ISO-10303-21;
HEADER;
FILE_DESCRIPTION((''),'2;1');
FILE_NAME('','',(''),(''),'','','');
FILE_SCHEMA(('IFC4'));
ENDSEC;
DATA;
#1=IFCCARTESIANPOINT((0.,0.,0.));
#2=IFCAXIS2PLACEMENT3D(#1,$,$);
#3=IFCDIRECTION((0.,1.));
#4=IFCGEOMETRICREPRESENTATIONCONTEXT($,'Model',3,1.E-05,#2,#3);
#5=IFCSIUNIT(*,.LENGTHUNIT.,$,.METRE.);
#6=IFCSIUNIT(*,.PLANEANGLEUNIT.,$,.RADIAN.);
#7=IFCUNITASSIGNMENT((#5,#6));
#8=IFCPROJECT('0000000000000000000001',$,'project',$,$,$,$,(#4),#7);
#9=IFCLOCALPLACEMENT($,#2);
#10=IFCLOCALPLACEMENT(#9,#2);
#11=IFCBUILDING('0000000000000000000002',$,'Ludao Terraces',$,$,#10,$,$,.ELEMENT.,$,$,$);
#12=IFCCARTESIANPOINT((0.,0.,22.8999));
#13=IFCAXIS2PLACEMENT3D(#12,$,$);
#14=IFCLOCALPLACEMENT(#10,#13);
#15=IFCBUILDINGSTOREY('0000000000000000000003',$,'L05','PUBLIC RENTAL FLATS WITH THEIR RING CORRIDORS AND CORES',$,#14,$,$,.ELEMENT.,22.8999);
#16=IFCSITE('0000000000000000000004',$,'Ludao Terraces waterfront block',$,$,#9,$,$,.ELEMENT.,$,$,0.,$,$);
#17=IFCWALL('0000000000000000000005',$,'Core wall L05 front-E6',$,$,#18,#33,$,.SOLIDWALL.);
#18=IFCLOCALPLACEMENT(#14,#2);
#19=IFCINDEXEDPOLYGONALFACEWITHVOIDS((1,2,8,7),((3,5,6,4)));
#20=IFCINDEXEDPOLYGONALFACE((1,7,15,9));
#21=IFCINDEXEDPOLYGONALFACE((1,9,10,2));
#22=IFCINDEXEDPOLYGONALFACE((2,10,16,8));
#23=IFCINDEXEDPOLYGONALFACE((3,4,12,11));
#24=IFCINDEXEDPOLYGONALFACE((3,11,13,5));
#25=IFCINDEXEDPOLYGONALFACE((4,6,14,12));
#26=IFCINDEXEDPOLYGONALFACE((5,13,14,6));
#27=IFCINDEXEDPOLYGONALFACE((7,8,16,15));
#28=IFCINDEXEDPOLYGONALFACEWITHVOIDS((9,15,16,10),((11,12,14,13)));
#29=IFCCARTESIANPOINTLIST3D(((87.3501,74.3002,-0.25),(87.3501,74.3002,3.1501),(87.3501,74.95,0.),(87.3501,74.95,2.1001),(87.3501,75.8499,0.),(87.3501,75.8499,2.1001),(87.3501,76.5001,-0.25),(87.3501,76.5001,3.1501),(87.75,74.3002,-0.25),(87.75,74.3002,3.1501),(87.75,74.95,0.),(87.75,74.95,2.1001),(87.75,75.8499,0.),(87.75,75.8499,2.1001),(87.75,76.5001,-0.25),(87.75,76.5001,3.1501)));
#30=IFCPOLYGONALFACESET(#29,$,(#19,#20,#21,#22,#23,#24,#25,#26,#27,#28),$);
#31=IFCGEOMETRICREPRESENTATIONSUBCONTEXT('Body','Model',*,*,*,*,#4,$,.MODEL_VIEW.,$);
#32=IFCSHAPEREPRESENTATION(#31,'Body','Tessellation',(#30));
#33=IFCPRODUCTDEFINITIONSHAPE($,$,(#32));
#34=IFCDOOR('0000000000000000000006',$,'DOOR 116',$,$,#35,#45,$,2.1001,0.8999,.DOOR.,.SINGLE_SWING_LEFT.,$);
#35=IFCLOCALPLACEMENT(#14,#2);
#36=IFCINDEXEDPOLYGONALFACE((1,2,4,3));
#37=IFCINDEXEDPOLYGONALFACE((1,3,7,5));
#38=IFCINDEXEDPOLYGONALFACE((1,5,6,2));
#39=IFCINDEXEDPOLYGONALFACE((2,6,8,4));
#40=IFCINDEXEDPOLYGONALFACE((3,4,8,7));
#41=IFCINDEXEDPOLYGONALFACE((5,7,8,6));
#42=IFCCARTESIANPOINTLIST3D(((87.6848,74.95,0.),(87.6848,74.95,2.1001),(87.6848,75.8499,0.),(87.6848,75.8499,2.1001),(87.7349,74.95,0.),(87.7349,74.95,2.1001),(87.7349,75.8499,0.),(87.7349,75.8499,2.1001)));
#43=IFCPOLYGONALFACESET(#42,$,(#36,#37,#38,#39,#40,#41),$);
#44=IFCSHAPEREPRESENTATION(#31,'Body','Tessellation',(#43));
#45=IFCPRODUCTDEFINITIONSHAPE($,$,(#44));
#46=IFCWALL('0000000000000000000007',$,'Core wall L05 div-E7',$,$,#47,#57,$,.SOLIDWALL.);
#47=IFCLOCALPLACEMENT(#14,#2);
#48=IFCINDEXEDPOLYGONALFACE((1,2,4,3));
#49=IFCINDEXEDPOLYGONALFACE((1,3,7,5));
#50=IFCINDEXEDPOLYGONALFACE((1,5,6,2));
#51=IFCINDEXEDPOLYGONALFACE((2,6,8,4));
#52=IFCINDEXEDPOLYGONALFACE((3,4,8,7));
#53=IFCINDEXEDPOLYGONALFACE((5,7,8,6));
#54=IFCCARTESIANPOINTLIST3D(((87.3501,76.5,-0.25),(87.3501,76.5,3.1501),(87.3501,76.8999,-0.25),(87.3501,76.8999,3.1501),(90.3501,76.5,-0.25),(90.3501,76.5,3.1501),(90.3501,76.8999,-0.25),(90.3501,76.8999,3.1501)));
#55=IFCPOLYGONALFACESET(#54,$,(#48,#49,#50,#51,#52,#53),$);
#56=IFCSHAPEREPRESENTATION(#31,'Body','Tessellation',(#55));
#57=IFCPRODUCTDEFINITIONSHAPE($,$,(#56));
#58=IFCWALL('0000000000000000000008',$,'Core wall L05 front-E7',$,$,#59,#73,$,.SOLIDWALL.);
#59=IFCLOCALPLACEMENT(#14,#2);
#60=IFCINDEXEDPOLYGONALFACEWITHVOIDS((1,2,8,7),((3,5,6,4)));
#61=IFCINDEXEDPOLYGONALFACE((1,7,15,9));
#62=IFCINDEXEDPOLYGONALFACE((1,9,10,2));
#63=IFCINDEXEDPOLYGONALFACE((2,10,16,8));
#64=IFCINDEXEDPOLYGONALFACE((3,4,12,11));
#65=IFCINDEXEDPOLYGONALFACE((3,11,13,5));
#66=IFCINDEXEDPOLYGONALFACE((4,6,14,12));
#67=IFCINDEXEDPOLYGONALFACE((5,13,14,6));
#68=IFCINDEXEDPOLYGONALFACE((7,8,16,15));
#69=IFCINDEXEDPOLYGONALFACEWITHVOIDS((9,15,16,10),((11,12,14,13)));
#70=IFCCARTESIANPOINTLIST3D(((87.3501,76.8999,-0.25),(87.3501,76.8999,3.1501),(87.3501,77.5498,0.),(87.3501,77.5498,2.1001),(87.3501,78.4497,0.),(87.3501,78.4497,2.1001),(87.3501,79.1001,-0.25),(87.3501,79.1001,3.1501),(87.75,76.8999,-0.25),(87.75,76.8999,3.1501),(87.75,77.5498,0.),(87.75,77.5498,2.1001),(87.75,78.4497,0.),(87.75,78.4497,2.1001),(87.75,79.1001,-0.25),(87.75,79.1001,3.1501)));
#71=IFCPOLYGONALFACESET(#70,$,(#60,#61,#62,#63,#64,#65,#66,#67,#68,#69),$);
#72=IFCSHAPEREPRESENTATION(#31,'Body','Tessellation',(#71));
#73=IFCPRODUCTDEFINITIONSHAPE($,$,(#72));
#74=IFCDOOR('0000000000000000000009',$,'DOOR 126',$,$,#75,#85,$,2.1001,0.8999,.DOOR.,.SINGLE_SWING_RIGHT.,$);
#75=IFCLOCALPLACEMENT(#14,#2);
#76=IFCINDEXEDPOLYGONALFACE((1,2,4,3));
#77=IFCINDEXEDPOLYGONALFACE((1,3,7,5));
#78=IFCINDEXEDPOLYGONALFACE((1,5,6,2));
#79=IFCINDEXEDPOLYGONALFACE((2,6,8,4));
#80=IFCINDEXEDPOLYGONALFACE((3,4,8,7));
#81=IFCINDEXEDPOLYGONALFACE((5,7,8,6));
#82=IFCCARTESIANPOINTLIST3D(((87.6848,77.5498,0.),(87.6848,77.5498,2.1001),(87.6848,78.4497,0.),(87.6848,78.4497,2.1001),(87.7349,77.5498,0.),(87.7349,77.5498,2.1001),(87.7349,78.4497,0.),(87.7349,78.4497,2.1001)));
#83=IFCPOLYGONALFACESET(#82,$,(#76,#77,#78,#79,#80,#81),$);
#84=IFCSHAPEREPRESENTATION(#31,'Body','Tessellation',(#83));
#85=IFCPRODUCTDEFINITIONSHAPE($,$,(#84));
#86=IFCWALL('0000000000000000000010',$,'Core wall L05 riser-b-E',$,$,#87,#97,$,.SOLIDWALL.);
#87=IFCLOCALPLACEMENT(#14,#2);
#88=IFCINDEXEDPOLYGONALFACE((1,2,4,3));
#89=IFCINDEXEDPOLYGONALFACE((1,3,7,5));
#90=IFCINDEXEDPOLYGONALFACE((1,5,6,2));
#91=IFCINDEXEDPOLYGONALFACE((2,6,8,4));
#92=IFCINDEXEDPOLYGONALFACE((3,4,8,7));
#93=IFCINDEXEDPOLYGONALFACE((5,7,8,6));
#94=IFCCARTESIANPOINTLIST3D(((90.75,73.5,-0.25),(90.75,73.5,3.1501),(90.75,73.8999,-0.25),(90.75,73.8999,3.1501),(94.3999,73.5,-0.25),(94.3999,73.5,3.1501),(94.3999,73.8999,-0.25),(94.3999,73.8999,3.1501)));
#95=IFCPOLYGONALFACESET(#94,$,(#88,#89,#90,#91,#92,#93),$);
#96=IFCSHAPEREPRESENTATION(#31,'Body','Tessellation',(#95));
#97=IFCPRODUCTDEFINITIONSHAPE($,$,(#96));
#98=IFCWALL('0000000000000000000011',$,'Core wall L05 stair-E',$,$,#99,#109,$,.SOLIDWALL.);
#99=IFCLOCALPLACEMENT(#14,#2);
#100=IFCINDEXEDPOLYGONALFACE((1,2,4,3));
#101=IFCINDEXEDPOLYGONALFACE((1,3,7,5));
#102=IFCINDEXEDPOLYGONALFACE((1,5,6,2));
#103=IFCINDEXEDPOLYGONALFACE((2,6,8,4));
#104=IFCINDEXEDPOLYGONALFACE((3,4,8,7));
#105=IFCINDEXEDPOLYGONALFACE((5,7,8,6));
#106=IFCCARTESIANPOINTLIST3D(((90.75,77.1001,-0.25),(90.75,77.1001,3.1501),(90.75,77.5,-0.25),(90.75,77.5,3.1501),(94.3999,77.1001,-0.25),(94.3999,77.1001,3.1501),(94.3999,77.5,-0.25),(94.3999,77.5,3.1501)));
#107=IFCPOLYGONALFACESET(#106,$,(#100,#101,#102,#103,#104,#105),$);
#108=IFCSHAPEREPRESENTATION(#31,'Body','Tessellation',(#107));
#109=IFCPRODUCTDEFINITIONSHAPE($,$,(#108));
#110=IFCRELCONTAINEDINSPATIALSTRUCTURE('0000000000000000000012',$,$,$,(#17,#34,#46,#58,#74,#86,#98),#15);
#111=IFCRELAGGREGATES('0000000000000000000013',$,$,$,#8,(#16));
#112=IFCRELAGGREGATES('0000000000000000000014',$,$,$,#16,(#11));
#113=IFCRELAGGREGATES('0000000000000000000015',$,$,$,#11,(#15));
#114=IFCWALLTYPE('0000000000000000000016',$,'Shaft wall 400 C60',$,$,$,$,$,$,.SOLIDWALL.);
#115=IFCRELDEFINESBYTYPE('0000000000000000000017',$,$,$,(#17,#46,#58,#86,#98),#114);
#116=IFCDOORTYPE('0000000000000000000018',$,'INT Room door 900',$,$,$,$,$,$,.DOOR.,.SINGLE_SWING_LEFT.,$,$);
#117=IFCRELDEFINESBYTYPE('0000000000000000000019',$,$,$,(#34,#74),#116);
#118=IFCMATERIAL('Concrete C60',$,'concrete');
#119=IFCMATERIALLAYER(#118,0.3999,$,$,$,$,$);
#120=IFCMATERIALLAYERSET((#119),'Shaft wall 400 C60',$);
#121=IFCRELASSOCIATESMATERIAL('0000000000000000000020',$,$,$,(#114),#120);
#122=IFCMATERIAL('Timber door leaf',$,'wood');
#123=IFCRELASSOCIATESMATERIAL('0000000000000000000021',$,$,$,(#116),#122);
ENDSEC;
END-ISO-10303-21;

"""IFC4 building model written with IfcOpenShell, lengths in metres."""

from ifc_helpers import new_model, si_unit, direction, frame, frame_2d, origin, place, context, subcontext, project, spatial, rectangle, extrude, material, layer, layer_set, type_object, element, fill, save


model = new_model("IFC4")

# Units and contexts
model_context = context("Model", 3, precision=1e-05, world=origin(), true_north=direction((0.0, 1.0)))
body_context = subcontext(model_context, "Body", "Model", "MODEL_VIEW")
ifc_project = project(units=[si_unit("LENGTHUNIT", "METRE"), si_unit("PLANEANGLEUNIT", "RADIAN")], contexts=[model_context])

# Site, building, storey
site_placement = place(None, origin())
site = spatial("IfcSite", under=ifc_project, at=site_placement, Name="Ludao Terraces waterfront block", CompositionType="ELEMENT", RefElevation=0.0)
building_placement = place(site_placement, origin())
building = spatial("IfcBuilding", under=site, at=building_placement, Name="Ludao Terraces", CompositionType="ELEMENT")
storey_placement = place(building_placement, frame((0.0, 0.0, 22.8999)))
storey = spatial("IfcBuildingStorey", under=building, at=storey_placement, Name="L05", Description="PUBLIC RENTAL FLATS WITH THEIR RING CORRIDORS AND CORES", CompositionType="ELEMENT", Elevation=22.8999)

# Shared definitions
ifc_material_1 = material(Name="Concrete C60", Category="concrete")
ifc_layer_1 = layer(ifc_material_1, 0.3999)
ifc_layer_set_1 = layer_set([ifc_layer_1], Name="Shaft wall 400 C60")
wall_type_1 = type_object("IfcWallType", Name="Shaft wall 400 C60", PredefinedType="SOLIDWALL", material=ifc_layer_set_1)

# Wall, opening, door
wall_1_placement = place(storey_placement, frame((87.55, 74.3, -0.25), z_axis=(0.0, 0.0, 1.0), x_axis=(0.0, 1.0, 0.0)))
wall_1 = element("IfcWall", 1, at=wall_1_placement, inside=storey, type_object=wall_type_1, Name="Core wall L05 front-E6", PredefinedType="SOLIDWALL", context=body_context, shape_type="SweptSolid", body=[
    extrude(rectangle(XDim=2.2, YDim=0.3999, at=frame_2d((1.1001, 0.0))), origin(), (0.0, 0.0, 1.0), 3.4001),
])
opening_1_placement = place(wall_1_placement, frame((0.6499, 0.0, 0.25)))
opening_1 = element("IfcOpeningElement", 2, at=opening_1_placement, cuts=wall_1, PredefinedType="OPENING", context=body_context, shape_type="SweptSolid", body=[
    extrude(rectangle(XDim=0.8999, YDim=2.1001, at=frame_2d((0.45, 1.05))), frame((0.0, 0.21, 0.0), z_axis=(0.0, -1.0, 0.0), x_axis=(1.0, 0.0, 0.0)), (0.0, 0.0, 1.0), 0.4199),
])
ifc_material_2 = material(Name="Timber door leaf", Category="wood")
door_type_1 = type_object("IfcDoorType", Name="INT Room door 900", OperationType="SINGLE_SWING_LEFT", PredefinedType="DOOR", material=ifc_material_2)
door_1_placement = place(opening_1_placement, origin())
door_1 = element("IfcDoor", 3, at=door_1_placement, inside=storey, type_object=door_type_1, Name="DOOR 116", OperationType="SINGLE_SWING_LEFT", OverallHeight=2.1001, OverallWidth=0.8999, PredefinedType="DOOR", context=body_context, shape_type="SweptSolid", body=[
    extrude(rectangle(XDim=0.8999, YDim=2.1001, at=frame_2d((0.45, 1.05))), frame((0.0, -0.1348, 0.0), z_axis=(0.0, -1.0, 0.0), x_axis=(1.0, 0.0, 0.0)), (0.0, 0.0, 1.0), 0.05),
])
fill(opening_1, door_1)

# Wall
wall_2_placement = place(storey_placement, frame((87.3501, 76.7, -0.25), z_axis=(0.0, 0.0, 1.0), x_axis=(1.0, 0.0, 0.0)))
element("IfcWall", 4, at=wall_2_placement, inside=storey, type_object=wall_type_1, Name="Core wall L05 div-E7", PredefinedType="SOLIDWALL", context=body_context, shape_type="SweptSolid", body=[
    extrude(rectangle(XDim=3.0, YDim=0.3999, at=frame_2d((1.5, 0.0))), origin(), (0.0, 0.0, 1.0), 3.4001),
])

# Wall, opening, door
wall_3_placement = place(storey_placement, frame((87.55, 76.8999, -0.25), z_axis=(0.0, 0.0, 1.0), x_axis=(0.0, 1.0, 0.0)))
wall_3 = element("IfcWall", 5, at=wall_3_placement, inside=storey, type_object=wall_type_1, Name="Core wall L05 front-E7", PredefinedType="SOLIDWALL", context=body_context, shape_type="SweptSolid", body=[
    extrude(rectangle(XDim=2.2002, YDim=0.3999, at=frame_2d((1.1001, 0.0))), origin(), (0.0, 0.0, 1.0), 3.4001),
])
opening_2_placement = place(wall_3_placement, frame((0.6499, 0.0, 0.25)))
opening_2 = element("IfcOpeningElement", 6, at=opening_2_placement, cuts=wall_3, PredefinedType="OPENING", context=body_context, shape_type="SweptSolid", body=[
    extrude(rectangle(XDim=0.8999, YDim=2.1001, at=frame_2d((0.45, 1.05))), frame((0.0, 0.21, 0.0), z_axis=(0.0, -1.0, 0.0), x_axis=(1.0, 0.0, 0.0)), (0.0, 0.0, 1.0), 0.4199),
])
door_2_placement = place(opening_2_placement, origin())
door_2 = element("IfcDoor", 7, at=door_2_placement, inside=storey, type_object=door_type_1, Name="DOOR 126", OperationType="SINGLE_SWING_RIGHT", OverallHeight=2.1001, OverallWidth=0.8999, PredefinedType="DOOR", context=body_context, shape_type="SweptSolid", body=[
    extrude(rectangle(XDim=0.8999, YDim=2.1001, at=frame_2d((0.45, 1.05))), frame((0.0, -0.1348, 0.0), z_axis=(0.0, -1.0, 0.0), x_axis=(1.0, 0.0, 0.0)), (0.0, 0.0, 1.0), 0.05),
])
fill(opening_2, door_2)

# Walls
for number, where, z_axis, x_axis, name in (
    (8, (90.75, 73.7, -0.25), (0.0, 0.0, 1.0), (1.0, 0.0, 0.0), "Core wall L05 riser-b-E"),
    (9, (90.75, 77.3, -0.25), (0.0, 0.0, 1.0), (1.0, 0.0, 0.0), "Core wall L05 stair-E"),
):
    element("IfcWall", number, at=place(storey_placement, frame(where, z_axis=z_axis, x_axis=x_axis)), inside=storey, type_object=wall_type_1, Name=name, PredefinedType="SOLIDWALL", context=body_context, shape_type="SweptSolid", body=[
        extrude(rectangle(XDim=3.6499, YDim=0.3999, at=frame_2d((1.825, 0.0))), origin(), (0.0, 0.0, 1.0), 3.4001),
    ])

save(model, "model.ifc")
